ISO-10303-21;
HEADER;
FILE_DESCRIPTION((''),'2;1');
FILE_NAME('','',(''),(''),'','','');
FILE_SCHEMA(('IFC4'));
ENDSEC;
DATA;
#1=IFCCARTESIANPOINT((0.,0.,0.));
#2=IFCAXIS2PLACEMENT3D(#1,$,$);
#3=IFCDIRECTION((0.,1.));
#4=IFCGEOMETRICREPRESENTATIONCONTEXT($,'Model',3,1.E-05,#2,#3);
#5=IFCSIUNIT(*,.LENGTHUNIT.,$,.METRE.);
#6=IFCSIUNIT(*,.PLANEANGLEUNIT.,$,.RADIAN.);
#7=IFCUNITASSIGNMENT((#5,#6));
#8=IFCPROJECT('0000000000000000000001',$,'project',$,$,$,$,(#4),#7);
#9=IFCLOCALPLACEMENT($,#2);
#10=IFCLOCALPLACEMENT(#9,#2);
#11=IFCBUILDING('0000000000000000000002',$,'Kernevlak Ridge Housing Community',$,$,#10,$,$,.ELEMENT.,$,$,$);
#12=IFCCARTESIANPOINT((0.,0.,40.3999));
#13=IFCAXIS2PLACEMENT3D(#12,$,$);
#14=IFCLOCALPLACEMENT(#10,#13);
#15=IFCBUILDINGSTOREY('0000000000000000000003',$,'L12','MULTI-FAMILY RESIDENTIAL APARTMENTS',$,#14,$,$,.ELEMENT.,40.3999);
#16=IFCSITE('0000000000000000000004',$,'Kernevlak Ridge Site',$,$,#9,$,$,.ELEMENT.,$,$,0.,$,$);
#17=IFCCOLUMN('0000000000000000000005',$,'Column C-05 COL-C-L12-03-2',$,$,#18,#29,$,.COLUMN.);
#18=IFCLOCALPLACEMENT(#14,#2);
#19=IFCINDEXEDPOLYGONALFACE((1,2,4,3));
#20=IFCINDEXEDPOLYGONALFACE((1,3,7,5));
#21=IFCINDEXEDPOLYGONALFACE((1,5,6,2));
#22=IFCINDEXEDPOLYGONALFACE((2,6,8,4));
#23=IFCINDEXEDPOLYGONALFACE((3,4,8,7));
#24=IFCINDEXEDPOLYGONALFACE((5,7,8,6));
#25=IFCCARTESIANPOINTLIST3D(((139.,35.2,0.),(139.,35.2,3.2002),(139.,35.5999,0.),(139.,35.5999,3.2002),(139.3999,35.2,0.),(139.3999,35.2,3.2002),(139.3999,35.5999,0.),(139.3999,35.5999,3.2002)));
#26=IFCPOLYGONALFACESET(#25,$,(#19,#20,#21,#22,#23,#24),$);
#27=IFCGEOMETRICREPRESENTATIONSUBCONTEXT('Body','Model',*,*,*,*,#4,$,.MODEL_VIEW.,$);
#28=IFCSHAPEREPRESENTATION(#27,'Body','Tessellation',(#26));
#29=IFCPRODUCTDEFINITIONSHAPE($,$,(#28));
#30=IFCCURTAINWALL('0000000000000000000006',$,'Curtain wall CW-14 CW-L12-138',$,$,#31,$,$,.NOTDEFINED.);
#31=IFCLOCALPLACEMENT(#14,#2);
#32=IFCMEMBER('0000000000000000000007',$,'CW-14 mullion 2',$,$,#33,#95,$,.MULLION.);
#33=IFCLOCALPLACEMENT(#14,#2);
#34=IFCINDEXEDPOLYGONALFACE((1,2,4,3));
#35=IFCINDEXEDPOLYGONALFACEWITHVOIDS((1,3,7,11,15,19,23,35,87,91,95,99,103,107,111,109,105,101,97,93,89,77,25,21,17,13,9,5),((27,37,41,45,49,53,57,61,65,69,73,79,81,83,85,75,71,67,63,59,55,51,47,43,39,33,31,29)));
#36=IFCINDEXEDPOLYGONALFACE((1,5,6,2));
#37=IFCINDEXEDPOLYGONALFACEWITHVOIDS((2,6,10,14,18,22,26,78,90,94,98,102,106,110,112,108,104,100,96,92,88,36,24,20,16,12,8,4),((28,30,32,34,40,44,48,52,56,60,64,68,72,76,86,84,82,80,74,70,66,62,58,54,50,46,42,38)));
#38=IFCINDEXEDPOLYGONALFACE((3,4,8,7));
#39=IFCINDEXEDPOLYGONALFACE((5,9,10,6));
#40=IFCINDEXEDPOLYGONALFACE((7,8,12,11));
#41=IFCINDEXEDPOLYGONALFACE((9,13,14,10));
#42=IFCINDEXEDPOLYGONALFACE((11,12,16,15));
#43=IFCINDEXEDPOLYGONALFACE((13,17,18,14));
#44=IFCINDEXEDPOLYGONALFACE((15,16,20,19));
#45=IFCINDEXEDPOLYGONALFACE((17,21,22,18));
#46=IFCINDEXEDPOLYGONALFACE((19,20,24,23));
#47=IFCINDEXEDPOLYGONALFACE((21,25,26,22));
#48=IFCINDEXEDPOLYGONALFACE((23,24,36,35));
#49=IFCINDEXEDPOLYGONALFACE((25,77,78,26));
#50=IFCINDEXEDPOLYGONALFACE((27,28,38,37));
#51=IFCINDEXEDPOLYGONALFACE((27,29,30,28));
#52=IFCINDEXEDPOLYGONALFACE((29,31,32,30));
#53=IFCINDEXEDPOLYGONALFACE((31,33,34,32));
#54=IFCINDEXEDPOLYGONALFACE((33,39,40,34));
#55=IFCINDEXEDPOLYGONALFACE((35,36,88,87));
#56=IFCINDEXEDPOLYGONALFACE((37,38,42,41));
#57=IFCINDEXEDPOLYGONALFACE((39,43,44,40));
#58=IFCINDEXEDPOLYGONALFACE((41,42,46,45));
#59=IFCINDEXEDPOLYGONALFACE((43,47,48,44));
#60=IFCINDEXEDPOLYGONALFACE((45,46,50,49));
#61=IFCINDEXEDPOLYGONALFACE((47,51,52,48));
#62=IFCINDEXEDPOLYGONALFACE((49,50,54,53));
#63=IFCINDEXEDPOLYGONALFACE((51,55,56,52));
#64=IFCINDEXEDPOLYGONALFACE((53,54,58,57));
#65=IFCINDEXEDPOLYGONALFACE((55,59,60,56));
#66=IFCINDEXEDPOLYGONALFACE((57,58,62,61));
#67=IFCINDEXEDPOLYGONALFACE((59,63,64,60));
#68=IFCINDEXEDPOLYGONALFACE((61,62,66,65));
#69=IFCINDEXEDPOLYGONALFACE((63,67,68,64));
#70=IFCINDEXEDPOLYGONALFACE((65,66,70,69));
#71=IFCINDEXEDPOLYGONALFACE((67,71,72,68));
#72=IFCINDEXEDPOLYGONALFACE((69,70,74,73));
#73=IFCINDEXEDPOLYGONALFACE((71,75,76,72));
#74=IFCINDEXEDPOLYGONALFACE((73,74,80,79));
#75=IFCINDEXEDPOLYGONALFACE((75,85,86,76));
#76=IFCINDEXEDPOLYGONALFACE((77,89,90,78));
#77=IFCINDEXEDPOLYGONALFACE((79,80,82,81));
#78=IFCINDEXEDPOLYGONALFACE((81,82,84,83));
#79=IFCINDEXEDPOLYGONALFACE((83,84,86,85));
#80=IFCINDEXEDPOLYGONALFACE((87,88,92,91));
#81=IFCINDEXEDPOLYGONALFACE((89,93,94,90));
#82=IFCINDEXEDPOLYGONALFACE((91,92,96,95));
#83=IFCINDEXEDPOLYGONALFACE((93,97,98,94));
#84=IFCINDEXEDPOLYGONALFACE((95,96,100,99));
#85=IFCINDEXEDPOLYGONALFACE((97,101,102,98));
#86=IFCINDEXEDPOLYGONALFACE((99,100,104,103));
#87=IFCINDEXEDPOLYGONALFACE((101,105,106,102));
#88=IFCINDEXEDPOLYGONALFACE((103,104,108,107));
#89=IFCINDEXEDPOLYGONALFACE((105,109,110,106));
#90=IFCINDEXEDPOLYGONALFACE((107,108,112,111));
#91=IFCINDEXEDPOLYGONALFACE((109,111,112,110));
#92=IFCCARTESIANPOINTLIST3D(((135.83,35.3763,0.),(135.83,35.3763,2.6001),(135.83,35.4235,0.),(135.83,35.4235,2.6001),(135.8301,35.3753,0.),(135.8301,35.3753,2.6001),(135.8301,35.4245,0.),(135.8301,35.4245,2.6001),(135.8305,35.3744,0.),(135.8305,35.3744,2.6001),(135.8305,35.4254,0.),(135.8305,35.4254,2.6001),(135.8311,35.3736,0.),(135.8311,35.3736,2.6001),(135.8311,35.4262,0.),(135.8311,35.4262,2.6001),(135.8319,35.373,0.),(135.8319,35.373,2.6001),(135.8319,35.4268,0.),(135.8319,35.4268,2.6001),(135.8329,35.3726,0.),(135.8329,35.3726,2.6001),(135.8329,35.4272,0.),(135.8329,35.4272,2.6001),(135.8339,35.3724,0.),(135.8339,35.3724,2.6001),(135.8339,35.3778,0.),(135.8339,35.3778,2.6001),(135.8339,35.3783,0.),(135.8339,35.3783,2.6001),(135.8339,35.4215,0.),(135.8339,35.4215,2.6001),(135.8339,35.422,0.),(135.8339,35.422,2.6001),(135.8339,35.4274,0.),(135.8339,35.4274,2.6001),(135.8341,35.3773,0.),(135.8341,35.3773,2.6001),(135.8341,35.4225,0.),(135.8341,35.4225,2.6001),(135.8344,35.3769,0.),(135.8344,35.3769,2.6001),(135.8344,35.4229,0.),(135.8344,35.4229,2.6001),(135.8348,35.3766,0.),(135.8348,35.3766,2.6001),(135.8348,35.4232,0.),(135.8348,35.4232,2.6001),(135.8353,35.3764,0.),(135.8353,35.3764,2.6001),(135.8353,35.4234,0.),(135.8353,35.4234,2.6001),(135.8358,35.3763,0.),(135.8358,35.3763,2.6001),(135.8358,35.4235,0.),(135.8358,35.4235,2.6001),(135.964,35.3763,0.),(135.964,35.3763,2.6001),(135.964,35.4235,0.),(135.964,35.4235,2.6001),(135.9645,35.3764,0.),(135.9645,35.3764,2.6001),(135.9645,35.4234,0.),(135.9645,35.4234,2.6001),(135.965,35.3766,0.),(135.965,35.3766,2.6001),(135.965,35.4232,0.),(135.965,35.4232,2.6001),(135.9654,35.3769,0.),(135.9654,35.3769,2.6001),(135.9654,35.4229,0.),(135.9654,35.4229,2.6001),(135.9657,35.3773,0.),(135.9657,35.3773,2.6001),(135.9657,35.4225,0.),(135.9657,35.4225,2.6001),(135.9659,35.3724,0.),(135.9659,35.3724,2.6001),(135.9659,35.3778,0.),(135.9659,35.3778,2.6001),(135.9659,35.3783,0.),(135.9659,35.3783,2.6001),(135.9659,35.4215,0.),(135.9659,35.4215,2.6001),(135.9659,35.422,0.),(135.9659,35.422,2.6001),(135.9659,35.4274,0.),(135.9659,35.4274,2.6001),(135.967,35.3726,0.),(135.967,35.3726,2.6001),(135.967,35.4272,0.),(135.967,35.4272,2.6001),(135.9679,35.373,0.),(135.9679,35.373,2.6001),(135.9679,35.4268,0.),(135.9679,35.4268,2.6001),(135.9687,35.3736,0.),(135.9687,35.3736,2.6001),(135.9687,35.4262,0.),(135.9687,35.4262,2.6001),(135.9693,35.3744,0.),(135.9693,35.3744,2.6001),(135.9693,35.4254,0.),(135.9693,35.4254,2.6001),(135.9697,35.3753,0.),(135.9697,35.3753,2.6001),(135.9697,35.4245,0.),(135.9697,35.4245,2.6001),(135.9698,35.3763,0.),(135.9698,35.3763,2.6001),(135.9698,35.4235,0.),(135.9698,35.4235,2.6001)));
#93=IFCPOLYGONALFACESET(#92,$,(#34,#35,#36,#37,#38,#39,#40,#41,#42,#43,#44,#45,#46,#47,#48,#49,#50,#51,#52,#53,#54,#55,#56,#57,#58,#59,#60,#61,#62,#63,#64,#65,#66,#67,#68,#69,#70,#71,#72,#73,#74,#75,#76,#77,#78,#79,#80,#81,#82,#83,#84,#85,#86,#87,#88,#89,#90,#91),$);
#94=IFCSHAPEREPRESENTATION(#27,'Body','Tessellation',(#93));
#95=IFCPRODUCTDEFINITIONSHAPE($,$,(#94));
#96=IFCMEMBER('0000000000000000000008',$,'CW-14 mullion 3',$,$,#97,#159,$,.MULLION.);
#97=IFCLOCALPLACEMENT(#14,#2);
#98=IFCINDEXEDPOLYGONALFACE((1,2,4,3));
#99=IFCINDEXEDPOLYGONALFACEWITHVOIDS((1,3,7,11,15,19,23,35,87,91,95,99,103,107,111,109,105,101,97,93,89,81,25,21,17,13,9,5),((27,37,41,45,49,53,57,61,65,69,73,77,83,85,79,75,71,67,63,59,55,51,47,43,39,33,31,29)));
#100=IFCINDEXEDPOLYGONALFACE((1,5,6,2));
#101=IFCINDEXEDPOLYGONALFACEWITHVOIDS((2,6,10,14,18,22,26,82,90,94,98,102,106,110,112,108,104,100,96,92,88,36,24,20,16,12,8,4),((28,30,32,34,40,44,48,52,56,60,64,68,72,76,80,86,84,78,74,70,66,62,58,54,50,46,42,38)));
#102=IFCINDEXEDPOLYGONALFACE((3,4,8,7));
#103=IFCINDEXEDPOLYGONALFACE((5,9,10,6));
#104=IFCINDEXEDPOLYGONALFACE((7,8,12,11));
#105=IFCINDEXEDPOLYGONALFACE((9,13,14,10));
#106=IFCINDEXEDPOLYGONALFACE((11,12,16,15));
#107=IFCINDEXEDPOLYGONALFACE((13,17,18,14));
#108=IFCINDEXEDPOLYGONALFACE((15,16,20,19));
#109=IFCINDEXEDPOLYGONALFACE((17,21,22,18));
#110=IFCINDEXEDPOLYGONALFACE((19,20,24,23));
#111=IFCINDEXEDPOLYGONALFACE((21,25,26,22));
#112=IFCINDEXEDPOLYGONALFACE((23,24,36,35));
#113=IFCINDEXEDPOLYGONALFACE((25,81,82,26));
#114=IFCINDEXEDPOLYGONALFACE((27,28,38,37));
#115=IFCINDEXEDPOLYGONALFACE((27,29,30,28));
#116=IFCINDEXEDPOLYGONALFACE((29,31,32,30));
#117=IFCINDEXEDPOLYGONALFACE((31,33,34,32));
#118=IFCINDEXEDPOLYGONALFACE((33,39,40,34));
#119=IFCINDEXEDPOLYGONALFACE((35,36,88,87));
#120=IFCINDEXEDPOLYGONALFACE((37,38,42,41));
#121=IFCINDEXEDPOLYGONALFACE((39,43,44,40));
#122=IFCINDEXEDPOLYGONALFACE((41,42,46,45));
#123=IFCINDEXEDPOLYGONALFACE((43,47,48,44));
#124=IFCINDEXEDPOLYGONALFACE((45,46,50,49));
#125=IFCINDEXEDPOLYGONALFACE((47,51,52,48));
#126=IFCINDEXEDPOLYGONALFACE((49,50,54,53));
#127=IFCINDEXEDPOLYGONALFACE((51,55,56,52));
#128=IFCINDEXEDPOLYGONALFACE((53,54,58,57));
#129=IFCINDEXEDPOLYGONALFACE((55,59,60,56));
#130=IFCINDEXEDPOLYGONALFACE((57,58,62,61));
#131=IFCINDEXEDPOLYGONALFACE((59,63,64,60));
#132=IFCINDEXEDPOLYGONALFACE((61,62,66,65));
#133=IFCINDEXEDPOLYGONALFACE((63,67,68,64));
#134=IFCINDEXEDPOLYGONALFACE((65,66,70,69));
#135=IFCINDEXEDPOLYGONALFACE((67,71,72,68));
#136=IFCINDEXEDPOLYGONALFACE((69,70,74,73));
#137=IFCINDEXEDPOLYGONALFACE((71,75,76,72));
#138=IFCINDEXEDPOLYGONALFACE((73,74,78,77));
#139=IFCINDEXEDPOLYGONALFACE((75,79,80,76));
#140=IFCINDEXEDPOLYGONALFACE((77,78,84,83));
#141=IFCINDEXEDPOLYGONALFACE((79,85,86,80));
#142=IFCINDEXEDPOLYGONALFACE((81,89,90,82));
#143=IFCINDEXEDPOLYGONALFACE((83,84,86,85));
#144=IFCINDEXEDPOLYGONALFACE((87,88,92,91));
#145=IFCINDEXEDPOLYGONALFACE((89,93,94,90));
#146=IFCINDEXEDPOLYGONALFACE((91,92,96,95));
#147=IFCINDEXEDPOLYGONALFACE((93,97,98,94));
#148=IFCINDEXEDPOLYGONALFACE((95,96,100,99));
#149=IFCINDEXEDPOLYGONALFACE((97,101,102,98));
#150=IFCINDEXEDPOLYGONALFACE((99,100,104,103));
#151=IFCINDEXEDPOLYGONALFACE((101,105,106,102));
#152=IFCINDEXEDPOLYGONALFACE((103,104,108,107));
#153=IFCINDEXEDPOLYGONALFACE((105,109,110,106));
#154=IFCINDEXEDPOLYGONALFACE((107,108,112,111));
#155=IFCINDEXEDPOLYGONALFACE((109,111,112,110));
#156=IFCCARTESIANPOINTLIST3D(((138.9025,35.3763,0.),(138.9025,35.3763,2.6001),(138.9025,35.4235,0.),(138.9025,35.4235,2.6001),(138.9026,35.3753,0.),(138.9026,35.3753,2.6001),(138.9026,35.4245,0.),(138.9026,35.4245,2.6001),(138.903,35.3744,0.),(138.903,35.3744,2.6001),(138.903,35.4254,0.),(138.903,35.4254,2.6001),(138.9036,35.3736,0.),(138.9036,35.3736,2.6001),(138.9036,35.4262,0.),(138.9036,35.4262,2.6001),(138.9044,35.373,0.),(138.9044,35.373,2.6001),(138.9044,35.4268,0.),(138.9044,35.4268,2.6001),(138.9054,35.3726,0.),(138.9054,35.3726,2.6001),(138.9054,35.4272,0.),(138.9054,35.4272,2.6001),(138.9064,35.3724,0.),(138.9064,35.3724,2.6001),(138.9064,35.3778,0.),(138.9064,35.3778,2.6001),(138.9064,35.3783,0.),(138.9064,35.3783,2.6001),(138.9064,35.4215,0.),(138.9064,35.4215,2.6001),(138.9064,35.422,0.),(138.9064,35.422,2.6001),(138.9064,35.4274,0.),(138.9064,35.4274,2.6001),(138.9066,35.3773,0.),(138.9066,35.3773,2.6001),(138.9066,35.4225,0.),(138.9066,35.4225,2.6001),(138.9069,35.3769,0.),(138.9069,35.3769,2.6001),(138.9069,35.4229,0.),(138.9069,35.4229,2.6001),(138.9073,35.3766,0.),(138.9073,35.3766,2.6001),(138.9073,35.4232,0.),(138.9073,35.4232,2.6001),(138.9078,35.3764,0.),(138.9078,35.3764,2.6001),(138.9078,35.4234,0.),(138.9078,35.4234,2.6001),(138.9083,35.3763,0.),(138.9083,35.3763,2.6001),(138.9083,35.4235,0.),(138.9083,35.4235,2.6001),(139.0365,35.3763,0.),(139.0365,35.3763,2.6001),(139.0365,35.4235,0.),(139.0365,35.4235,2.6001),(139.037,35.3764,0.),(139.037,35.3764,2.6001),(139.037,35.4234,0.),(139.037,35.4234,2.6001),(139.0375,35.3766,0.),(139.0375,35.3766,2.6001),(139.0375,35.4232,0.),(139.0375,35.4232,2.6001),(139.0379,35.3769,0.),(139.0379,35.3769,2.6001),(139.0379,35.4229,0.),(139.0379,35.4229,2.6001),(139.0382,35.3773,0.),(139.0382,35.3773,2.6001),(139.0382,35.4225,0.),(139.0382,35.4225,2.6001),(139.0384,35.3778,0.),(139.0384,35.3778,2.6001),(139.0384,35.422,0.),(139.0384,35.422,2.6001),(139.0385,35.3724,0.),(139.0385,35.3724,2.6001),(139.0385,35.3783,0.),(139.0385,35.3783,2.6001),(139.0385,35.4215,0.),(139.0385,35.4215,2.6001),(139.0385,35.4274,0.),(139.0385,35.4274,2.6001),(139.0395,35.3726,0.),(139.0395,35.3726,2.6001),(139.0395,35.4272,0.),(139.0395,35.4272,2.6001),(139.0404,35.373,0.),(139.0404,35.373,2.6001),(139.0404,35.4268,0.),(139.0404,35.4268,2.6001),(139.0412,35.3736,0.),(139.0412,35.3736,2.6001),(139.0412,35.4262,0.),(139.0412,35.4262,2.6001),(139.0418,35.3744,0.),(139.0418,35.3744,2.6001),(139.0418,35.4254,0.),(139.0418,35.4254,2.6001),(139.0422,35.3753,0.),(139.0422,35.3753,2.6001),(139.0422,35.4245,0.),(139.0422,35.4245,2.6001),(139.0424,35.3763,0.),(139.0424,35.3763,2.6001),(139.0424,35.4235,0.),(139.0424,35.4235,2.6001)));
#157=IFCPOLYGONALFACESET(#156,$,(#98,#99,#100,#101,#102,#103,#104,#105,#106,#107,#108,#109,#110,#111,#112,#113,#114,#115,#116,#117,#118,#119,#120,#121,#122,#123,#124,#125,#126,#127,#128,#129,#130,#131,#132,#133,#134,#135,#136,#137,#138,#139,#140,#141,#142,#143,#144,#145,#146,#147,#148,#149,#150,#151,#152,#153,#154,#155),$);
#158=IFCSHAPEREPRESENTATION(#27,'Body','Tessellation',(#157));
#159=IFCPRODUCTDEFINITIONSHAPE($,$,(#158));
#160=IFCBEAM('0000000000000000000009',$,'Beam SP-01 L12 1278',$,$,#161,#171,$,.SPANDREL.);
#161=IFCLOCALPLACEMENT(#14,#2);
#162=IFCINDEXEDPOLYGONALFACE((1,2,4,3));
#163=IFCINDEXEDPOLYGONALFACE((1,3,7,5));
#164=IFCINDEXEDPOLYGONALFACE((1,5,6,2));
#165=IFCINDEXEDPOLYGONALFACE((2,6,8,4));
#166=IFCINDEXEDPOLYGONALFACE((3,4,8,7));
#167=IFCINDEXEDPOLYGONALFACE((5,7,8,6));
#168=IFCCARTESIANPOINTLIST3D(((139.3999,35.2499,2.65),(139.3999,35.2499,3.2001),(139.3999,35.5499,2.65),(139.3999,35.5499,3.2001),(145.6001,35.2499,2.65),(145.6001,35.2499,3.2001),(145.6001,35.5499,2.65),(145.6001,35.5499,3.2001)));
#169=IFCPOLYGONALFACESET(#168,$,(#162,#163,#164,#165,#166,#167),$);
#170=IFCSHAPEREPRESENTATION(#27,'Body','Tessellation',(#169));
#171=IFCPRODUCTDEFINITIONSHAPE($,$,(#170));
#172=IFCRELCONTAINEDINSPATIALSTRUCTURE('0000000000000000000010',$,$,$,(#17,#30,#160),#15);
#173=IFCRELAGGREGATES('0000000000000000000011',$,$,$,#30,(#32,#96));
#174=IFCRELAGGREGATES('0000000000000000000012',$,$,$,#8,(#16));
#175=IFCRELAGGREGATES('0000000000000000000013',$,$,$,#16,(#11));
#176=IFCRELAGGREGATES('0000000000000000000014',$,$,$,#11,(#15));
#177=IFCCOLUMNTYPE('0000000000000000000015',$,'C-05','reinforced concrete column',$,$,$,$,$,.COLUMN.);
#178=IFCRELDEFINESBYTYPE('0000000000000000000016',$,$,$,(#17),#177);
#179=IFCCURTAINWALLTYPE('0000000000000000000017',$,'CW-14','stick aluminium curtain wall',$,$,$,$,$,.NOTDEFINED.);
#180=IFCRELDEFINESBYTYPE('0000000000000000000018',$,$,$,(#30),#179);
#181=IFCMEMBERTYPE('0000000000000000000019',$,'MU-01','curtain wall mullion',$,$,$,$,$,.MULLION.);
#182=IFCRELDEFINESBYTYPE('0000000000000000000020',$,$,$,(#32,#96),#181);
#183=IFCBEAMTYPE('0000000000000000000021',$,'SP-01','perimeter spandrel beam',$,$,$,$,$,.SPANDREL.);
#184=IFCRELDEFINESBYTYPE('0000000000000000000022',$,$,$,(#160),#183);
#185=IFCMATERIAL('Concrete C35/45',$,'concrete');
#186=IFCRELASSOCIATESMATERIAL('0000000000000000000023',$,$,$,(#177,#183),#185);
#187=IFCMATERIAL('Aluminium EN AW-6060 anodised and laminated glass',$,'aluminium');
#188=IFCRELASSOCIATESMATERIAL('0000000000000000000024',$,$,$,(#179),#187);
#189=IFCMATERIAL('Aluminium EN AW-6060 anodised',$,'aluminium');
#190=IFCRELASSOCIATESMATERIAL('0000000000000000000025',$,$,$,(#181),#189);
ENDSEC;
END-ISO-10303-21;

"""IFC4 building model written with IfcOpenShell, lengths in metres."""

from ifc_helpers import new_model, si_unit, direction, frame, origin, origin_2d, place, context, subcontext, project, spatial, rectangle, hollow_rectangle, extrude, material, material_profile, profile_set, type_object, element, aggregate, save


model = new_model("IFC4")

# Units and contexts
model_context = context("Model", 3, precision=1e-05, world=origin(), true_north=direction((0.0, 1.0)))
body_context = subcontext(model_context, "Body", "Model", "MODEL_VIEW")
ifc_project = project(units=[si_unit("LENGTHUNIT", "METRE"), si_unit("PLANEANGLEUNIT", "RADIAN")], contexts=[model_context])

# Site, building, storey
site_placement = place(None, origin())
site = spatial("IfcSite", under=ifc_project, at=site_placement, Name="Kernevlak Ridge Site", CompositionType="ELEMENT", RefElevation=0.0)
building_placement = place(site_placement, origin())
building = spatial("IfcBuilding", under=site, at=building_placement, Name="Kernevlak Ridge Housing Community", CompositionType="ELEMENT")
storey_placement = place(building_placement, frame((0.0, 0.0, 40.3999)))
storey = spatial("IfcBuildingStorey", under=building, at=storey_placement, Name="L12", Description="MULTI-FAMILY RESIDENTIAL APARTMENTS", CompositionType="ELEMENT", Elevation=40.3999)

# Column
ifc_material_1 = material(Name="Concrete C35/45", Category="concrete")
ifc_material_profile_1 = material_profile(ifc_material_1, rectangle(XDim=0.3999, YDim=0.3999, at=origin_2d()), Name="RC 400x400")
ifc_profile_set_1 = profile_set([ifc_material_profile_1], Name="Concrete C35/45")
column_type = type_object("IfcColumnType", Name="C-05", Description="reinforced concrete column", PredefinedType="COLUMN", material=ifc_profile_set_1)
column_placement = place(storey_placement, frame((139.2, 35.3999, 0.0), z_axis=(0.0, 0.0, 1.0), x_axis=(1.0, 0.0, 0.0)))
element("IfcColumn", 1, at=column_placement, inside=storey, type_object=column_type, Name="Column C-05 COL-C-L12-03-2", PredefinedType="COLUMN", context=body_context, shape_type="SweptSolid", body=[
    extrude(rectangle(XDim=0.3999, YDim=0.3999, at=origin_2d()), origin(), (0.0, 0.0, 1.0), 3.2002),
])

# Curtain wall, members
ifc_material_2 = material(Name="Aluminium EN AW-6060 anodised and laminated glass", Category="aluminium")
curtain_wall_type = type_object("IfcCurtainWallType", Name="CW-14", Description="stick aluminium curtain wall", PredefinedType="NOTDEFINED", material=ifc_material_2)
curtain_wall_placement = place(storey_placement, origin())
curtain_wall = element("IfcCurtainWall", 2, at=curtain_wall_placement, inside=storey, type_object=curtain_wall_type, Name="Curtain wall CW-14 CW-L12-138", PredefinedType="NOTDEFINED")
ifc_material_3 = material(Name="Aluminium EN AW-6060 anodised", Category="aluminium")
ifc_material_profile_2 = material_profile(ifc_material_3, hollow_rectangle(XDim=0.0549, YDim=0.1399, WallThickness=0.0039, InnerFilletRadius=0.002, OuterFilletRadius=0.0039, at=origin_2d()), Name="ALU 55x140x4")
ifc_profile_set_2 = profile_set([ifc_material_profile_2], Name="Aluminium EN AW-6060 anodised")
member_type_1 = type_object("IfcMemberType", Name="MU-01", Description="curtain wall mullion", PredefinedType="MULLION", material=ifc_profile_set_2)
member_1_placement = place(storey_placement, frame((135.8999, 35.3999, 0.0), z_axis=(0.0, 0.0, 1.0), x_axis=(0.0, 1.0, 0.0)))
member_1 = element("IfcMember", 3, at=member_1_placement, type_object=member_type_1, Name="CW-14 mullion 2", PredefinedType="MULLION", context=body_context, shape_type="SweptSolid", body=[
    extrude(hollow_rectangle(XDim=0.0549, YDim=0.1399, WallThickness=0.0039, InnerFilletRadius=0.002, OuterFilletRadius=0.0039, at=origin_2d()), origin(), (0.0, 0.0, 1.0), 2.6001),
])
member_2_placement = place(storey_placement, frame((138.9724, 35.3999, 0.0), z_axis=(0.0, 0.0, 1.0), x_axis=(0.0, 1.0, 0.0)))
member_2 = element("IfcMember", 4, at=member_2_placement, type_object=member_type_1, Name="CW-14 mullion 3", PredefinedType="MULLION", context=body_context, shape_type="SweptSolid", body=[
    extrude(hollow_rectangle(XDim=0.0549, YDim=0.1399, WallThickness=0.0039, InnerFilletRadius=0.002, OuterFilletRadius=0.0039, at=origin_2d()), origin(), (0.0, 0.0, 1.0), 2.6001),
])

# Beam
ifc_material_profile_3 = material_profile(ifc_material_1, rectangle(XDim=0.3, YDim=0.55, at=origin_2d()), Name="RC 300x550")
ifc_profile_set_3 = profile_set([ifc_material_profile_3], Name="Concrete C35/45")
beam_type = type_object("IfcBeamType", Name="SP-01", Description="perimeter spandrel beam", PredefinedType="SPANDREL", material=ifc_profile_set_3)
beam_placement = place(storey_placement, frame((139.3999, 35.3999, 2.925), z_axis=(1.0, 0.0, 0.0), x_axis=(0.0, 1.0, 0.0)))
element("IfcBeam", 5, at=beam_placement, inside=storey, type_object=beam_type, Name="Beam SP-01 L12 1278", PredefinedType="SPANDREL", context=body_context, shape_type="SweptSolid", body=[
    extrude(rectangle(XDim=0.3, YDim=0.55, at=origin_2d()), origin(), (0.0, 0.0, 1.0), 6.2002),
])

aggregate(curtain_wall, [member_1, member_2])

save(model, "model.ifc")
